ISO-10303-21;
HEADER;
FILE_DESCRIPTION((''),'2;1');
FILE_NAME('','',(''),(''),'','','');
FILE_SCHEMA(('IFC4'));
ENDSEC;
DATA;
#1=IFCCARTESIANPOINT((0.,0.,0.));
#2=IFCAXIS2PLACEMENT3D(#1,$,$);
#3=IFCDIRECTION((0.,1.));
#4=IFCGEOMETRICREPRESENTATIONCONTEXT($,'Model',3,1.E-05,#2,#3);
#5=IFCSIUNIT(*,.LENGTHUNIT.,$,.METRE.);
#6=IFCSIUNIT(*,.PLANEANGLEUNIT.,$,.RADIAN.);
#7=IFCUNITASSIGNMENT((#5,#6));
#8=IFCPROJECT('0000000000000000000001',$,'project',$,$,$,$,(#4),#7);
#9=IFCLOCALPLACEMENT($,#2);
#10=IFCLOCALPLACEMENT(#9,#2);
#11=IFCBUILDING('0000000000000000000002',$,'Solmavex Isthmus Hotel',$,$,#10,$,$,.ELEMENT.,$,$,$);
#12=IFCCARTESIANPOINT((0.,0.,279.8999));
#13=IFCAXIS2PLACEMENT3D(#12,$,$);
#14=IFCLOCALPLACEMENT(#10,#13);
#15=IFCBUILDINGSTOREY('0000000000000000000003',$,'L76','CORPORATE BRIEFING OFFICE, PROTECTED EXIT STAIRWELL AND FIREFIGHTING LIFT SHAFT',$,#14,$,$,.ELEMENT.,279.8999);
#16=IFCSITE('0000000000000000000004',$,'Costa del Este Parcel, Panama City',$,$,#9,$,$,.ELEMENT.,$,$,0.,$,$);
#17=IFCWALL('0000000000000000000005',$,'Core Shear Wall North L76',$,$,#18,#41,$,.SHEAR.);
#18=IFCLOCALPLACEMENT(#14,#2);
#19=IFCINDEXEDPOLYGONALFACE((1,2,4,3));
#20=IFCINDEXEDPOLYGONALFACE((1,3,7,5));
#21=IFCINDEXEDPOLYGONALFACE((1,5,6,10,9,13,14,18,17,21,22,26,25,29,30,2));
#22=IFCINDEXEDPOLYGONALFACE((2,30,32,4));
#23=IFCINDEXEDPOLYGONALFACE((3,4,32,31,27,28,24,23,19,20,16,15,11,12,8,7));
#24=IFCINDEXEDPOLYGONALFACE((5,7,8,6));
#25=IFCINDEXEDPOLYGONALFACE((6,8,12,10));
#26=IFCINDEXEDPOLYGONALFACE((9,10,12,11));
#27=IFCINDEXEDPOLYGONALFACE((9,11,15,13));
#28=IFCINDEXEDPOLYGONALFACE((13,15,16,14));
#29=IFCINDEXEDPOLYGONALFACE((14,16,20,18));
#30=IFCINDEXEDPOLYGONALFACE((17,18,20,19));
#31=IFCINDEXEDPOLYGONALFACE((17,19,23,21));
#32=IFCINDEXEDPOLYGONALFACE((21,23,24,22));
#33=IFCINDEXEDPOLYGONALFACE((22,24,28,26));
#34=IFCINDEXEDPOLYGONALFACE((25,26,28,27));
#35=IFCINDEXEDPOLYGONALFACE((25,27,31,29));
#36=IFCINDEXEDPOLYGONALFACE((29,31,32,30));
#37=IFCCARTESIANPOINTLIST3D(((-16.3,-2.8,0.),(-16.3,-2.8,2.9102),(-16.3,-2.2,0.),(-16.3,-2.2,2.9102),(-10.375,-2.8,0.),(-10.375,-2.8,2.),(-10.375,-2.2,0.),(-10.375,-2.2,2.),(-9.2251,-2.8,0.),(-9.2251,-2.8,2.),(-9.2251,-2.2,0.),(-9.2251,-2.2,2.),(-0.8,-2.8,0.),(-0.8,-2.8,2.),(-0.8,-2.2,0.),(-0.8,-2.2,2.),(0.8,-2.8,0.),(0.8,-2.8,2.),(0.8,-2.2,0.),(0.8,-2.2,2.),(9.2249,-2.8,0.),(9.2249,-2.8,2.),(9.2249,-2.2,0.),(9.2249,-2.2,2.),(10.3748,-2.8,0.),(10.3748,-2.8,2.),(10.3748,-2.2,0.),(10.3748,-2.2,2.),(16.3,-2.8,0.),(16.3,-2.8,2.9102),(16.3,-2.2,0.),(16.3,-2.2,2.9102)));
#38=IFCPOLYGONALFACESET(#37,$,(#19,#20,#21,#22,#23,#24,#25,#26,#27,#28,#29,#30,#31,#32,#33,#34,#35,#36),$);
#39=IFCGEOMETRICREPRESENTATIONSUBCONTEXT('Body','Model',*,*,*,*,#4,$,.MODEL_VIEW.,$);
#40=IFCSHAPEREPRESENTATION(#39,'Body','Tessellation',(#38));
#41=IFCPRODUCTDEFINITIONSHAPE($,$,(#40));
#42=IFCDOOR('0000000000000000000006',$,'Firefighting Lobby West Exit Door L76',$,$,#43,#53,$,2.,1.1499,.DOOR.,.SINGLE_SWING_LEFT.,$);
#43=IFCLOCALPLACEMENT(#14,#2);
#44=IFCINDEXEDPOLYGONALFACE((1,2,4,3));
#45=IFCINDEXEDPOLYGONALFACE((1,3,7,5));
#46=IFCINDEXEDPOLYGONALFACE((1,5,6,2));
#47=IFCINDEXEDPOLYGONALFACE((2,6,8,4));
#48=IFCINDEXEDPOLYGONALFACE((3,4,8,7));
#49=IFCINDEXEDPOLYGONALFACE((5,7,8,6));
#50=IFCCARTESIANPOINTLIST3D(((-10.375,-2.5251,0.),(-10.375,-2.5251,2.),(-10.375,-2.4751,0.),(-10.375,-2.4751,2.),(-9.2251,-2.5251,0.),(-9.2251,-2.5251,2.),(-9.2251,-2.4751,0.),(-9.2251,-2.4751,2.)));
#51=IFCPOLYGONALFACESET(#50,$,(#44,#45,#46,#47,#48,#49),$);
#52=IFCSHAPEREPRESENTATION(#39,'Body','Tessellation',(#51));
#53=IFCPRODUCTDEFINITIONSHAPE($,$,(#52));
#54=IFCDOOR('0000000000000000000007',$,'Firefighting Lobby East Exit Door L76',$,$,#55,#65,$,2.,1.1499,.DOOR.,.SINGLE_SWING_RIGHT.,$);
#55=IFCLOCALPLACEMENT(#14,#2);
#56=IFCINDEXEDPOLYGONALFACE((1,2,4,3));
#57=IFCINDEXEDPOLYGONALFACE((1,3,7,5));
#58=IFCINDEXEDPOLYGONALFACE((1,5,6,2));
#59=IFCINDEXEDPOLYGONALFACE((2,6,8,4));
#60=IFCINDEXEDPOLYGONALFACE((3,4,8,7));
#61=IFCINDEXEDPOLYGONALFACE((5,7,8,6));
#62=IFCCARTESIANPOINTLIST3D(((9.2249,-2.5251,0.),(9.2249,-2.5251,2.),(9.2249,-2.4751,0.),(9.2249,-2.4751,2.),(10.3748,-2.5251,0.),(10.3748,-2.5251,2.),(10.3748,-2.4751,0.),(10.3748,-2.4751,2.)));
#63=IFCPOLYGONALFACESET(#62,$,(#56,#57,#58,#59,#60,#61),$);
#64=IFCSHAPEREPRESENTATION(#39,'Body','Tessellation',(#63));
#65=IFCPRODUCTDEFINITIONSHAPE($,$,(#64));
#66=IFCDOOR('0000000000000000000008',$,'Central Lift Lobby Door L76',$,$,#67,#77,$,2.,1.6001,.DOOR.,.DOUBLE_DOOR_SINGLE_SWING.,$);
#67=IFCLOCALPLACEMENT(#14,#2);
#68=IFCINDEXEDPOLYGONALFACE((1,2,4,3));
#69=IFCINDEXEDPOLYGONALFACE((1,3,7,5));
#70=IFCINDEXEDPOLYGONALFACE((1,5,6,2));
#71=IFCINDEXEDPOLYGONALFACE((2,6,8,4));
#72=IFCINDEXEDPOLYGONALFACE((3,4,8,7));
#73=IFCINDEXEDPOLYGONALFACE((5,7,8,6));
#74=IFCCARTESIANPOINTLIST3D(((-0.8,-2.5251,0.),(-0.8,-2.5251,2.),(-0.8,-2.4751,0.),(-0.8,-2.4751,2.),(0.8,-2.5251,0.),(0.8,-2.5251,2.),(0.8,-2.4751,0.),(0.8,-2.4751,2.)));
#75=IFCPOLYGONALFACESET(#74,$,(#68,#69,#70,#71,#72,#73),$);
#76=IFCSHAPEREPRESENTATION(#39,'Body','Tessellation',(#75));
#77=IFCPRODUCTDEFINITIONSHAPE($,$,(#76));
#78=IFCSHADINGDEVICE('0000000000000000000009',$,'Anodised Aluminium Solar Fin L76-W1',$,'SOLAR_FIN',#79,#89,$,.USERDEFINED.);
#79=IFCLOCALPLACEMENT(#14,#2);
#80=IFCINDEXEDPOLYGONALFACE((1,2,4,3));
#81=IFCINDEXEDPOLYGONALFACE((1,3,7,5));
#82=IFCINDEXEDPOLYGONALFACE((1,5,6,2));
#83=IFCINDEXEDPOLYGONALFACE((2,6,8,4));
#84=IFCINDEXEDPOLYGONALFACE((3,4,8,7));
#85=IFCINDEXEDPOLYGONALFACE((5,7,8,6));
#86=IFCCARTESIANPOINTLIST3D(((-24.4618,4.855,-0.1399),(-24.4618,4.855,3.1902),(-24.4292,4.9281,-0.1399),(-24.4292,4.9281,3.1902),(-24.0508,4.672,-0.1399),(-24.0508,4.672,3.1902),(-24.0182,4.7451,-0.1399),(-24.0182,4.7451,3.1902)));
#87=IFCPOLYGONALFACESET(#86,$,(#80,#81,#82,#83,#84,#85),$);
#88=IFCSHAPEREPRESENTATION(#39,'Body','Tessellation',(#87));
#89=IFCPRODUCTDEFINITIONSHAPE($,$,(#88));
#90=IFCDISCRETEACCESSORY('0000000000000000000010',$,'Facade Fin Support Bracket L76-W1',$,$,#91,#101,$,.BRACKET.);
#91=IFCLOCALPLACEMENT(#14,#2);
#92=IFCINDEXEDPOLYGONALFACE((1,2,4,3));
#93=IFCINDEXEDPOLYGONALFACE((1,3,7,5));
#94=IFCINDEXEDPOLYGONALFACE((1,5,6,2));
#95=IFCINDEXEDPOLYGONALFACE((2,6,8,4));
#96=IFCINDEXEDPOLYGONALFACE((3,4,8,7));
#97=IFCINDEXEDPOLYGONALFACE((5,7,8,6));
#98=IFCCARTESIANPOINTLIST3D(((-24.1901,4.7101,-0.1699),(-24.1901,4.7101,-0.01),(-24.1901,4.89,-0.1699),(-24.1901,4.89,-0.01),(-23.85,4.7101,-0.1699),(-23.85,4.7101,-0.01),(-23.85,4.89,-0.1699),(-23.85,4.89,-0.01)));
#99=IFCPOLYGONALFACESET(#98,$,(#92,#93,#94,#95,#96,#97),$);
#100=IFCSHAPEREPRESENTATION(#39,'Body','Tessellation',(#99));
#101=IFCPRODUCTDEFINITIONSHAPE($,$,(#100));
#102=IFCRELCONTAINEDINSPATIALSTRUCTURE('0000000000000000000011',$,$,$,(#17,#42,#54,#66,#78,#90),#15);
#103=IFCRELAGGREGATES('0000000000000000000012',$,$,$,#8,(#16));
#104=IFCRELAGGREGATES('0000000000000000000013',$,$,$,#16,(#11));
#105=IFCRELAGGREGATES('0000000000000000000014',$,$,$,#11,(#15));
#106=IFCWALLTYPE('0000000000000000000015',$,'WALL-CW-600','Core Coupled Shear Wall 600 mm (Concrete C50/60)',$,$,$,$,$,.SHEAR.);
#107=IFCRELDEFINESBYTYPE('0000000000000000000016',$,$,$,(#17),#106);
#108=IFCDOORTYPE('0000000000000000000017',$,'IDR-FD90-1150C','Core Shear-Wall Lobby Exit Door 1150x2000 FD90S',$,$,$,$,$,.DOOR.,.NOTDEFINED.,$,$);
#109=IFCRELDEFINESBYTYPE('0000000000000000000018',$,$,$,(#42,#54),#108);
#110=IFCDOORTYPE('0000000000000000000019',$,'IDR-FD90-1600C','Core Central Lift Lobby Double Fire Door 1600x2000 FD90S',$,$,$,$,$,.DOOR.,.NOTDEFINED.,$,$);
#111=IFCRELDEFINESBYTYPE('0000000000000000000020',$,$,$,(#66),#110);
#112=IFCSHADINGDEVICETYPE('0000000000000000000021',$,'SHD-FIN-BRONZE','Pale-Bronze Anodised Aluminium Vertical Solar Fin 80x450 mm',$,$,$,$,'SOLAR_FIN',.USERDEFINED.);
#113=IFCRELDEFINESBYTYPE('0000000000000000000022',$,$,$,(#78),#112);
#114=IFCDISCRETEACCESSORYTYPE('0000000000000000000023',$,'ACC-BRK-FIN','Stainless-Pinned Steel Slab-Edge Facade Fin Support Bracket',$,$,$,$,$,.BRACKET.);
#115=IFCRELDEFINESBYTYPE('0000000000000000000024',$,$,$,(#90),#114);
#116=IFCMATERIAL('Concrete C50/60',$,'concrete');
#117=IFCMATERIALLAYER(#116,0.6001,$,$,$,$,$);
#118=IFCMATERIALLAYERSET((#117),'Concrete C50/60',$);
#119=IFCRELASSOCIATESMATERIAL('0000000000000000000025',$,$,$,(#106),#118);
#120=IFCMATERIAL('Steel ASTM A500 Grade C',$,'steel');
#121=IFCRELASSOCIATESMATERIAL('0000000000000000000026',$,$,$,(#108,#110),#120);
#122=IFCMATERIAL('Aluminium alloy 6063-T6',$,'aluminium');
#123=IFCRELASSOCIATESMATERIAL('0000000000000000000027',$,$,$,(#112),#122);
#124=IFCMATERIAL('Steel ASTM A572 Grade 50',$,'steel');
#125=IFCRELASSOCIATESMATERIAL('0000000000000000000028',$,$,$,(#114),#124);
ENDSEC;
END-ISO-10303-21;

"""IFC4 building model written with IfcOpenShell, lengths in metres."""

from ifc_helpers import new_model, si_unit, direction, frame, frame_2d, origin, origin_2d, place, context, subcontext, project, spatial, rectangle, extrude, material, layer, layer_set, type_object, element, fill, save


model = new_model("IFC4")

# Units and contexts
model_context = context("Model", 3, precision=1e-05, world=origin(), true_north=direction((0.0, 1.0)))
body_context = subcontext(model_context, "Body", "Model", "MODEL_VIEW")
ifc_project = project(units=[si_unit("LENGTHUNIT", "METRE"), si_unit("PLANEANGLEUNIT", "RADIAN")], contexts=[model_context])

# Site, building, storey
site_placement = place(None, origin())
site = spatial("IfcSite", under=ifc_project, at=site_placement, Name="Costa del Este Parcel, Panama City", CompositionType="ELEMENT", RefElevation=0.0)
building_placement = place(site_placement, origin())
building = spatial("IfcBuilding", under=site, at=building_placement, Name="Solmavex Isthmus Hotel", CompositionType="ELEMENT")
storey_placement = place(building_placement, frame((0.0, 0.0, 279.8999)))
storey = spatial("IfcBuildingStorey", under=building, at=storey_placement, Name="L76", Description="CORPORATE BRIEFING OFFICE, PROTECTED EXIT STAIRWELL AND FIREFIGHTING LIFT SHAFT", CompositionType="ELEMENT", Elevation=279.8999)

# Shared definitions
ifc_material_1 = material(Name="Aluminium alloy 6063-T6", Category="aluminium")

# Shared definitions
ifc_material_2 = material(Name="Steel ASTM A500 Grade C", Category="steel")

# Wall, openings, doors
ifc_material_3 = material(Name="Concrete C50/60", Category="concrete")
ifc_layer_1 = layer(ifc_material_3, 0.6001)
ifc_layer_set_1 = layer_set([ifc_layer_1], Name="Concrete C50/60")
wall_type_1 = type_object("IfcWallType", Name="WALL-CW-600", Description="Core Coupled Shear Wall 600 mm (Concrete C50/60)", PredefinedType="SHEAR", material=ifc_layer_set_1)
wall_1_placement = place(storey_placement, frame((-16.3, -2.5, 0.0), z_axis=(0.0, 0.0, 1.0), x_axis=(1.0, 0.0, 0.0)))
wall_1 = element("IfcWall", 1, at=wall_1_placement, inside=storey, type_object=wall_type_1, Name="Core Shear Wall North L76", PredefinedType="SHEAR", context=body_context, shape_type="SweptSolid", body=[
    extrude(rectangle(XDim=32.6001, YDim=0.6001, at=frame_2d((16.3, 0.0))), origin(), (0.0, 0.0, 1.0), 2.9102),
])
opening_1_placement = place(wall_1_placement, frame((5.925, 0.0, 0.0)))
opening_1 = element("IfcOpeningElement", 2, at=opening_1_placement, cuts=wall_1, PredefinedType="OPENING", context=body_context, shape_type="SweptSolid", body=[
    extrude(rectangle(XDim=1.1499, YDim=2.0, at=frame_2d((0.575, 1.0))), frame((0.0, 0.3101, 0.0), z_axis=(0.0, -1.0, 0.0), x_axis=(1.0, 0.0, 0.0)), (0.0, 0.0, 1.0), 0.6201),
])
opening_2_placement = place(wall_1_placement, frame((15.5, 0.0, 0.0)))
opening_2 = element("IfcOpeningElement", 3, at=opening_2_placement, cuts=wall_1, PredefinedType="OPENING", context=body_context, shape_type="SweptSolid", body=[
    extrude(rectangle(XDim=1.6001, YDim=2.0, at=frame_2d((0.8, 1.0))), frame((0.0, 0.3101, 0.0), z_axis=(0.0, -1.0, 0.0), x_axis=(1.0, 0.0, 0.0)), (0.0, 0.0, 1.0), 0.6201),
])
opening_3_placement = place(wall_1_placement, frame((25.5249, 0.0, 0.0)))
opening_3 = element("IfcOpeningElement", 4, at=opening_3_placement, cuts=wall_1, PredefinedType="OPENING", context=body_context, shape_type="SweptSolid", body=[
    extrude(rectangle(XDim=1.1499, YDim=2.0, at=frame_2d((0.575, 1.0))), frame((0.0, 0.3101, 0.0), z_axis=(0.0, -1.0, 0.0), x_axis=(1.0, 0.0, 0.0)), (0.0, 0.0, 1.0), 0.6201),
])
door_type_1 = type_object("IfcDoorType", Name="IDR-FD90-1150C", Description="Core Shear-Wall Lobby Exit Door 1150x2000 FD90S", OperationType="NOTDEFINED", PredefinedType="DOOR", material=ifc_material_2)
door_1_placement = place(opening_1_placement, origin())
door_1 = element("IfcDoor", 5, at=door_1_placement, inside=storey, type_object=door_type_1, Name="Firefighting Lobby West Exit Door L76", OperationType="SINGLE_SWING_LEFT", OverallHeight=2.0, OverallWidth=1.1499, PredefinedType="DOOR", context=body_context, shape_type="SweptSolid", body=[
    extrude(rectangle(XDim=1.1499, YDim=2.0, at=frame_2d((0.575, 1.0))), frame((0.0, 0.0249, 0.0), z_axis=(0.0, -1.0, 0.0), x_axis=(1.0, 0.0, 0.0)), (0.0, 0.0, 1.0), 0.05),
])
fill(opening_1, door_1)
door_2_placement = place(opening_3_placement, origin())
door_2 = element("IfcDoor", 6, at=door_2_placement, inside=storey, type_object=door_type_1, Name="Firefighting Lobby East Exit Door L76", OperationType="SINGLE_SWING_RIGHT", OverallHeight=2.0, OverallWidth=1.1499, PredefinedType="DOOR", context=body_context, shape_type="SweptSolid", body=[
    extrude(rectangle(XDim=1.1499, YDim=2.0, at=frame_2d((0.575, 1.0))), frame((0.0, 0.0249, 0.0), z_axis=(0.0, -1.0, 0.0), x_axis=(1.0, 0.0, 0.0)), (0.0, 0.0, 1.0), 0.05),
])
fill(opening_3, door_2)
door_type_2 = type_object("IfcDoorType", Name="IDR-FD90-1600C", Description="Core Central Lift Lobby Double Fire Door 1600x2000 FD90S", OperationType="NOTDEFINED", PredefinedType="DOOR", material=ifc_material_2)
door_3_placement = place(opening_2_placement, origin())
door_3 = element("IfcDoor", 7, at=door_3_placement, inside=storey, type_object=door_type_2, Name="Central Lift Lobby Door L76", OperationType="DOUBLE_DOOR_SINGLE_SWING", OverallHeight=2.0, OverallWidth=1.6001, PredefinedType="DOOR", context=body_context, shape_type="SweptSolid", body=[
    extrude(rectangle(XDim=1.6001, YDim=2.0, at=frame_2d((0.8, 1.0))), frame((0.0, 0.0249, 0.0), z_axis=(0.0, -1.0, 0.0), x_axis=(1.0, 0.0, 0.0)), (0.0, 0.0, 1.0), 0.05),
])
fill(opening_2, door_3)

# Shading device
shading_device_type = type_object("IfcShadingDeviceType", Name="SHD-FIN-BRONZE", Description="Pale-Bronze Anodised Aluminium Vertical Solar Fin 80x450 mm", ElementType="SOLAR_FIN", PredefinedType="USERDEFINED", material=ifc_material_1)
shading_device_placement = place(storey_placement, frame((-24.24, 4.8, -0.1399), z_axis=(0.0, 0.0, 1.0), x_axis=(-0.913545, 0.406737, 0.0)))
element("IfcShadingDevice", 8, at=shading_device_placement, inside=storey, type_object=shading_device_type, Name="Anodised Aluminium Solar Fin L76-W1", ObjectType="SOLAR_FIN", PredefinedType="USERDEFINED", context=body_context, shape_type="SweptSolid", body=[
    extrude(rectangle(XDim=0.45, YDim=0.0801, at=origin_2d()), origin(), (0.0, 0.0, 1.0), 3.3301),
])

# Discrete accessory
ifc_material_4 = material(Name="Steel ASTM A572 Grade 50", Category="steel")
discrete_accessory_type = type_object("IfcDiscreteAccessoryType", Name="ACC-BRK-FIN", Description="Stainless-Pinned Steel Slab-Edge Facade Fin Support Bracket", PredefinedType="BRACKET", material=ifc_material_4)
discrete_accessory_placement = place(storey_placement, frame((-24.02, 4.8, -0.1699), z_axis=(0.0, 0.0, 1.0), x_axis=(-1.0, 0.0, 0.0)))
element("IfcDiscreteAccessory", 9, at=discrete_accessory_placement, inside=storey, type_object=discrete_accessory_type, Name="Facade Fin Support Bracket L76-W1", PredefinedType="BRACKET", context=body_context, shape_type="SweptSolid", body=[
    extrude(rectangle(XDim=0.3401, YDim=0.1799, at=origin_2d()), origin(), (0.0, 0.0, 1.0), 0.1599),
])

save(model, "model.ifc")
